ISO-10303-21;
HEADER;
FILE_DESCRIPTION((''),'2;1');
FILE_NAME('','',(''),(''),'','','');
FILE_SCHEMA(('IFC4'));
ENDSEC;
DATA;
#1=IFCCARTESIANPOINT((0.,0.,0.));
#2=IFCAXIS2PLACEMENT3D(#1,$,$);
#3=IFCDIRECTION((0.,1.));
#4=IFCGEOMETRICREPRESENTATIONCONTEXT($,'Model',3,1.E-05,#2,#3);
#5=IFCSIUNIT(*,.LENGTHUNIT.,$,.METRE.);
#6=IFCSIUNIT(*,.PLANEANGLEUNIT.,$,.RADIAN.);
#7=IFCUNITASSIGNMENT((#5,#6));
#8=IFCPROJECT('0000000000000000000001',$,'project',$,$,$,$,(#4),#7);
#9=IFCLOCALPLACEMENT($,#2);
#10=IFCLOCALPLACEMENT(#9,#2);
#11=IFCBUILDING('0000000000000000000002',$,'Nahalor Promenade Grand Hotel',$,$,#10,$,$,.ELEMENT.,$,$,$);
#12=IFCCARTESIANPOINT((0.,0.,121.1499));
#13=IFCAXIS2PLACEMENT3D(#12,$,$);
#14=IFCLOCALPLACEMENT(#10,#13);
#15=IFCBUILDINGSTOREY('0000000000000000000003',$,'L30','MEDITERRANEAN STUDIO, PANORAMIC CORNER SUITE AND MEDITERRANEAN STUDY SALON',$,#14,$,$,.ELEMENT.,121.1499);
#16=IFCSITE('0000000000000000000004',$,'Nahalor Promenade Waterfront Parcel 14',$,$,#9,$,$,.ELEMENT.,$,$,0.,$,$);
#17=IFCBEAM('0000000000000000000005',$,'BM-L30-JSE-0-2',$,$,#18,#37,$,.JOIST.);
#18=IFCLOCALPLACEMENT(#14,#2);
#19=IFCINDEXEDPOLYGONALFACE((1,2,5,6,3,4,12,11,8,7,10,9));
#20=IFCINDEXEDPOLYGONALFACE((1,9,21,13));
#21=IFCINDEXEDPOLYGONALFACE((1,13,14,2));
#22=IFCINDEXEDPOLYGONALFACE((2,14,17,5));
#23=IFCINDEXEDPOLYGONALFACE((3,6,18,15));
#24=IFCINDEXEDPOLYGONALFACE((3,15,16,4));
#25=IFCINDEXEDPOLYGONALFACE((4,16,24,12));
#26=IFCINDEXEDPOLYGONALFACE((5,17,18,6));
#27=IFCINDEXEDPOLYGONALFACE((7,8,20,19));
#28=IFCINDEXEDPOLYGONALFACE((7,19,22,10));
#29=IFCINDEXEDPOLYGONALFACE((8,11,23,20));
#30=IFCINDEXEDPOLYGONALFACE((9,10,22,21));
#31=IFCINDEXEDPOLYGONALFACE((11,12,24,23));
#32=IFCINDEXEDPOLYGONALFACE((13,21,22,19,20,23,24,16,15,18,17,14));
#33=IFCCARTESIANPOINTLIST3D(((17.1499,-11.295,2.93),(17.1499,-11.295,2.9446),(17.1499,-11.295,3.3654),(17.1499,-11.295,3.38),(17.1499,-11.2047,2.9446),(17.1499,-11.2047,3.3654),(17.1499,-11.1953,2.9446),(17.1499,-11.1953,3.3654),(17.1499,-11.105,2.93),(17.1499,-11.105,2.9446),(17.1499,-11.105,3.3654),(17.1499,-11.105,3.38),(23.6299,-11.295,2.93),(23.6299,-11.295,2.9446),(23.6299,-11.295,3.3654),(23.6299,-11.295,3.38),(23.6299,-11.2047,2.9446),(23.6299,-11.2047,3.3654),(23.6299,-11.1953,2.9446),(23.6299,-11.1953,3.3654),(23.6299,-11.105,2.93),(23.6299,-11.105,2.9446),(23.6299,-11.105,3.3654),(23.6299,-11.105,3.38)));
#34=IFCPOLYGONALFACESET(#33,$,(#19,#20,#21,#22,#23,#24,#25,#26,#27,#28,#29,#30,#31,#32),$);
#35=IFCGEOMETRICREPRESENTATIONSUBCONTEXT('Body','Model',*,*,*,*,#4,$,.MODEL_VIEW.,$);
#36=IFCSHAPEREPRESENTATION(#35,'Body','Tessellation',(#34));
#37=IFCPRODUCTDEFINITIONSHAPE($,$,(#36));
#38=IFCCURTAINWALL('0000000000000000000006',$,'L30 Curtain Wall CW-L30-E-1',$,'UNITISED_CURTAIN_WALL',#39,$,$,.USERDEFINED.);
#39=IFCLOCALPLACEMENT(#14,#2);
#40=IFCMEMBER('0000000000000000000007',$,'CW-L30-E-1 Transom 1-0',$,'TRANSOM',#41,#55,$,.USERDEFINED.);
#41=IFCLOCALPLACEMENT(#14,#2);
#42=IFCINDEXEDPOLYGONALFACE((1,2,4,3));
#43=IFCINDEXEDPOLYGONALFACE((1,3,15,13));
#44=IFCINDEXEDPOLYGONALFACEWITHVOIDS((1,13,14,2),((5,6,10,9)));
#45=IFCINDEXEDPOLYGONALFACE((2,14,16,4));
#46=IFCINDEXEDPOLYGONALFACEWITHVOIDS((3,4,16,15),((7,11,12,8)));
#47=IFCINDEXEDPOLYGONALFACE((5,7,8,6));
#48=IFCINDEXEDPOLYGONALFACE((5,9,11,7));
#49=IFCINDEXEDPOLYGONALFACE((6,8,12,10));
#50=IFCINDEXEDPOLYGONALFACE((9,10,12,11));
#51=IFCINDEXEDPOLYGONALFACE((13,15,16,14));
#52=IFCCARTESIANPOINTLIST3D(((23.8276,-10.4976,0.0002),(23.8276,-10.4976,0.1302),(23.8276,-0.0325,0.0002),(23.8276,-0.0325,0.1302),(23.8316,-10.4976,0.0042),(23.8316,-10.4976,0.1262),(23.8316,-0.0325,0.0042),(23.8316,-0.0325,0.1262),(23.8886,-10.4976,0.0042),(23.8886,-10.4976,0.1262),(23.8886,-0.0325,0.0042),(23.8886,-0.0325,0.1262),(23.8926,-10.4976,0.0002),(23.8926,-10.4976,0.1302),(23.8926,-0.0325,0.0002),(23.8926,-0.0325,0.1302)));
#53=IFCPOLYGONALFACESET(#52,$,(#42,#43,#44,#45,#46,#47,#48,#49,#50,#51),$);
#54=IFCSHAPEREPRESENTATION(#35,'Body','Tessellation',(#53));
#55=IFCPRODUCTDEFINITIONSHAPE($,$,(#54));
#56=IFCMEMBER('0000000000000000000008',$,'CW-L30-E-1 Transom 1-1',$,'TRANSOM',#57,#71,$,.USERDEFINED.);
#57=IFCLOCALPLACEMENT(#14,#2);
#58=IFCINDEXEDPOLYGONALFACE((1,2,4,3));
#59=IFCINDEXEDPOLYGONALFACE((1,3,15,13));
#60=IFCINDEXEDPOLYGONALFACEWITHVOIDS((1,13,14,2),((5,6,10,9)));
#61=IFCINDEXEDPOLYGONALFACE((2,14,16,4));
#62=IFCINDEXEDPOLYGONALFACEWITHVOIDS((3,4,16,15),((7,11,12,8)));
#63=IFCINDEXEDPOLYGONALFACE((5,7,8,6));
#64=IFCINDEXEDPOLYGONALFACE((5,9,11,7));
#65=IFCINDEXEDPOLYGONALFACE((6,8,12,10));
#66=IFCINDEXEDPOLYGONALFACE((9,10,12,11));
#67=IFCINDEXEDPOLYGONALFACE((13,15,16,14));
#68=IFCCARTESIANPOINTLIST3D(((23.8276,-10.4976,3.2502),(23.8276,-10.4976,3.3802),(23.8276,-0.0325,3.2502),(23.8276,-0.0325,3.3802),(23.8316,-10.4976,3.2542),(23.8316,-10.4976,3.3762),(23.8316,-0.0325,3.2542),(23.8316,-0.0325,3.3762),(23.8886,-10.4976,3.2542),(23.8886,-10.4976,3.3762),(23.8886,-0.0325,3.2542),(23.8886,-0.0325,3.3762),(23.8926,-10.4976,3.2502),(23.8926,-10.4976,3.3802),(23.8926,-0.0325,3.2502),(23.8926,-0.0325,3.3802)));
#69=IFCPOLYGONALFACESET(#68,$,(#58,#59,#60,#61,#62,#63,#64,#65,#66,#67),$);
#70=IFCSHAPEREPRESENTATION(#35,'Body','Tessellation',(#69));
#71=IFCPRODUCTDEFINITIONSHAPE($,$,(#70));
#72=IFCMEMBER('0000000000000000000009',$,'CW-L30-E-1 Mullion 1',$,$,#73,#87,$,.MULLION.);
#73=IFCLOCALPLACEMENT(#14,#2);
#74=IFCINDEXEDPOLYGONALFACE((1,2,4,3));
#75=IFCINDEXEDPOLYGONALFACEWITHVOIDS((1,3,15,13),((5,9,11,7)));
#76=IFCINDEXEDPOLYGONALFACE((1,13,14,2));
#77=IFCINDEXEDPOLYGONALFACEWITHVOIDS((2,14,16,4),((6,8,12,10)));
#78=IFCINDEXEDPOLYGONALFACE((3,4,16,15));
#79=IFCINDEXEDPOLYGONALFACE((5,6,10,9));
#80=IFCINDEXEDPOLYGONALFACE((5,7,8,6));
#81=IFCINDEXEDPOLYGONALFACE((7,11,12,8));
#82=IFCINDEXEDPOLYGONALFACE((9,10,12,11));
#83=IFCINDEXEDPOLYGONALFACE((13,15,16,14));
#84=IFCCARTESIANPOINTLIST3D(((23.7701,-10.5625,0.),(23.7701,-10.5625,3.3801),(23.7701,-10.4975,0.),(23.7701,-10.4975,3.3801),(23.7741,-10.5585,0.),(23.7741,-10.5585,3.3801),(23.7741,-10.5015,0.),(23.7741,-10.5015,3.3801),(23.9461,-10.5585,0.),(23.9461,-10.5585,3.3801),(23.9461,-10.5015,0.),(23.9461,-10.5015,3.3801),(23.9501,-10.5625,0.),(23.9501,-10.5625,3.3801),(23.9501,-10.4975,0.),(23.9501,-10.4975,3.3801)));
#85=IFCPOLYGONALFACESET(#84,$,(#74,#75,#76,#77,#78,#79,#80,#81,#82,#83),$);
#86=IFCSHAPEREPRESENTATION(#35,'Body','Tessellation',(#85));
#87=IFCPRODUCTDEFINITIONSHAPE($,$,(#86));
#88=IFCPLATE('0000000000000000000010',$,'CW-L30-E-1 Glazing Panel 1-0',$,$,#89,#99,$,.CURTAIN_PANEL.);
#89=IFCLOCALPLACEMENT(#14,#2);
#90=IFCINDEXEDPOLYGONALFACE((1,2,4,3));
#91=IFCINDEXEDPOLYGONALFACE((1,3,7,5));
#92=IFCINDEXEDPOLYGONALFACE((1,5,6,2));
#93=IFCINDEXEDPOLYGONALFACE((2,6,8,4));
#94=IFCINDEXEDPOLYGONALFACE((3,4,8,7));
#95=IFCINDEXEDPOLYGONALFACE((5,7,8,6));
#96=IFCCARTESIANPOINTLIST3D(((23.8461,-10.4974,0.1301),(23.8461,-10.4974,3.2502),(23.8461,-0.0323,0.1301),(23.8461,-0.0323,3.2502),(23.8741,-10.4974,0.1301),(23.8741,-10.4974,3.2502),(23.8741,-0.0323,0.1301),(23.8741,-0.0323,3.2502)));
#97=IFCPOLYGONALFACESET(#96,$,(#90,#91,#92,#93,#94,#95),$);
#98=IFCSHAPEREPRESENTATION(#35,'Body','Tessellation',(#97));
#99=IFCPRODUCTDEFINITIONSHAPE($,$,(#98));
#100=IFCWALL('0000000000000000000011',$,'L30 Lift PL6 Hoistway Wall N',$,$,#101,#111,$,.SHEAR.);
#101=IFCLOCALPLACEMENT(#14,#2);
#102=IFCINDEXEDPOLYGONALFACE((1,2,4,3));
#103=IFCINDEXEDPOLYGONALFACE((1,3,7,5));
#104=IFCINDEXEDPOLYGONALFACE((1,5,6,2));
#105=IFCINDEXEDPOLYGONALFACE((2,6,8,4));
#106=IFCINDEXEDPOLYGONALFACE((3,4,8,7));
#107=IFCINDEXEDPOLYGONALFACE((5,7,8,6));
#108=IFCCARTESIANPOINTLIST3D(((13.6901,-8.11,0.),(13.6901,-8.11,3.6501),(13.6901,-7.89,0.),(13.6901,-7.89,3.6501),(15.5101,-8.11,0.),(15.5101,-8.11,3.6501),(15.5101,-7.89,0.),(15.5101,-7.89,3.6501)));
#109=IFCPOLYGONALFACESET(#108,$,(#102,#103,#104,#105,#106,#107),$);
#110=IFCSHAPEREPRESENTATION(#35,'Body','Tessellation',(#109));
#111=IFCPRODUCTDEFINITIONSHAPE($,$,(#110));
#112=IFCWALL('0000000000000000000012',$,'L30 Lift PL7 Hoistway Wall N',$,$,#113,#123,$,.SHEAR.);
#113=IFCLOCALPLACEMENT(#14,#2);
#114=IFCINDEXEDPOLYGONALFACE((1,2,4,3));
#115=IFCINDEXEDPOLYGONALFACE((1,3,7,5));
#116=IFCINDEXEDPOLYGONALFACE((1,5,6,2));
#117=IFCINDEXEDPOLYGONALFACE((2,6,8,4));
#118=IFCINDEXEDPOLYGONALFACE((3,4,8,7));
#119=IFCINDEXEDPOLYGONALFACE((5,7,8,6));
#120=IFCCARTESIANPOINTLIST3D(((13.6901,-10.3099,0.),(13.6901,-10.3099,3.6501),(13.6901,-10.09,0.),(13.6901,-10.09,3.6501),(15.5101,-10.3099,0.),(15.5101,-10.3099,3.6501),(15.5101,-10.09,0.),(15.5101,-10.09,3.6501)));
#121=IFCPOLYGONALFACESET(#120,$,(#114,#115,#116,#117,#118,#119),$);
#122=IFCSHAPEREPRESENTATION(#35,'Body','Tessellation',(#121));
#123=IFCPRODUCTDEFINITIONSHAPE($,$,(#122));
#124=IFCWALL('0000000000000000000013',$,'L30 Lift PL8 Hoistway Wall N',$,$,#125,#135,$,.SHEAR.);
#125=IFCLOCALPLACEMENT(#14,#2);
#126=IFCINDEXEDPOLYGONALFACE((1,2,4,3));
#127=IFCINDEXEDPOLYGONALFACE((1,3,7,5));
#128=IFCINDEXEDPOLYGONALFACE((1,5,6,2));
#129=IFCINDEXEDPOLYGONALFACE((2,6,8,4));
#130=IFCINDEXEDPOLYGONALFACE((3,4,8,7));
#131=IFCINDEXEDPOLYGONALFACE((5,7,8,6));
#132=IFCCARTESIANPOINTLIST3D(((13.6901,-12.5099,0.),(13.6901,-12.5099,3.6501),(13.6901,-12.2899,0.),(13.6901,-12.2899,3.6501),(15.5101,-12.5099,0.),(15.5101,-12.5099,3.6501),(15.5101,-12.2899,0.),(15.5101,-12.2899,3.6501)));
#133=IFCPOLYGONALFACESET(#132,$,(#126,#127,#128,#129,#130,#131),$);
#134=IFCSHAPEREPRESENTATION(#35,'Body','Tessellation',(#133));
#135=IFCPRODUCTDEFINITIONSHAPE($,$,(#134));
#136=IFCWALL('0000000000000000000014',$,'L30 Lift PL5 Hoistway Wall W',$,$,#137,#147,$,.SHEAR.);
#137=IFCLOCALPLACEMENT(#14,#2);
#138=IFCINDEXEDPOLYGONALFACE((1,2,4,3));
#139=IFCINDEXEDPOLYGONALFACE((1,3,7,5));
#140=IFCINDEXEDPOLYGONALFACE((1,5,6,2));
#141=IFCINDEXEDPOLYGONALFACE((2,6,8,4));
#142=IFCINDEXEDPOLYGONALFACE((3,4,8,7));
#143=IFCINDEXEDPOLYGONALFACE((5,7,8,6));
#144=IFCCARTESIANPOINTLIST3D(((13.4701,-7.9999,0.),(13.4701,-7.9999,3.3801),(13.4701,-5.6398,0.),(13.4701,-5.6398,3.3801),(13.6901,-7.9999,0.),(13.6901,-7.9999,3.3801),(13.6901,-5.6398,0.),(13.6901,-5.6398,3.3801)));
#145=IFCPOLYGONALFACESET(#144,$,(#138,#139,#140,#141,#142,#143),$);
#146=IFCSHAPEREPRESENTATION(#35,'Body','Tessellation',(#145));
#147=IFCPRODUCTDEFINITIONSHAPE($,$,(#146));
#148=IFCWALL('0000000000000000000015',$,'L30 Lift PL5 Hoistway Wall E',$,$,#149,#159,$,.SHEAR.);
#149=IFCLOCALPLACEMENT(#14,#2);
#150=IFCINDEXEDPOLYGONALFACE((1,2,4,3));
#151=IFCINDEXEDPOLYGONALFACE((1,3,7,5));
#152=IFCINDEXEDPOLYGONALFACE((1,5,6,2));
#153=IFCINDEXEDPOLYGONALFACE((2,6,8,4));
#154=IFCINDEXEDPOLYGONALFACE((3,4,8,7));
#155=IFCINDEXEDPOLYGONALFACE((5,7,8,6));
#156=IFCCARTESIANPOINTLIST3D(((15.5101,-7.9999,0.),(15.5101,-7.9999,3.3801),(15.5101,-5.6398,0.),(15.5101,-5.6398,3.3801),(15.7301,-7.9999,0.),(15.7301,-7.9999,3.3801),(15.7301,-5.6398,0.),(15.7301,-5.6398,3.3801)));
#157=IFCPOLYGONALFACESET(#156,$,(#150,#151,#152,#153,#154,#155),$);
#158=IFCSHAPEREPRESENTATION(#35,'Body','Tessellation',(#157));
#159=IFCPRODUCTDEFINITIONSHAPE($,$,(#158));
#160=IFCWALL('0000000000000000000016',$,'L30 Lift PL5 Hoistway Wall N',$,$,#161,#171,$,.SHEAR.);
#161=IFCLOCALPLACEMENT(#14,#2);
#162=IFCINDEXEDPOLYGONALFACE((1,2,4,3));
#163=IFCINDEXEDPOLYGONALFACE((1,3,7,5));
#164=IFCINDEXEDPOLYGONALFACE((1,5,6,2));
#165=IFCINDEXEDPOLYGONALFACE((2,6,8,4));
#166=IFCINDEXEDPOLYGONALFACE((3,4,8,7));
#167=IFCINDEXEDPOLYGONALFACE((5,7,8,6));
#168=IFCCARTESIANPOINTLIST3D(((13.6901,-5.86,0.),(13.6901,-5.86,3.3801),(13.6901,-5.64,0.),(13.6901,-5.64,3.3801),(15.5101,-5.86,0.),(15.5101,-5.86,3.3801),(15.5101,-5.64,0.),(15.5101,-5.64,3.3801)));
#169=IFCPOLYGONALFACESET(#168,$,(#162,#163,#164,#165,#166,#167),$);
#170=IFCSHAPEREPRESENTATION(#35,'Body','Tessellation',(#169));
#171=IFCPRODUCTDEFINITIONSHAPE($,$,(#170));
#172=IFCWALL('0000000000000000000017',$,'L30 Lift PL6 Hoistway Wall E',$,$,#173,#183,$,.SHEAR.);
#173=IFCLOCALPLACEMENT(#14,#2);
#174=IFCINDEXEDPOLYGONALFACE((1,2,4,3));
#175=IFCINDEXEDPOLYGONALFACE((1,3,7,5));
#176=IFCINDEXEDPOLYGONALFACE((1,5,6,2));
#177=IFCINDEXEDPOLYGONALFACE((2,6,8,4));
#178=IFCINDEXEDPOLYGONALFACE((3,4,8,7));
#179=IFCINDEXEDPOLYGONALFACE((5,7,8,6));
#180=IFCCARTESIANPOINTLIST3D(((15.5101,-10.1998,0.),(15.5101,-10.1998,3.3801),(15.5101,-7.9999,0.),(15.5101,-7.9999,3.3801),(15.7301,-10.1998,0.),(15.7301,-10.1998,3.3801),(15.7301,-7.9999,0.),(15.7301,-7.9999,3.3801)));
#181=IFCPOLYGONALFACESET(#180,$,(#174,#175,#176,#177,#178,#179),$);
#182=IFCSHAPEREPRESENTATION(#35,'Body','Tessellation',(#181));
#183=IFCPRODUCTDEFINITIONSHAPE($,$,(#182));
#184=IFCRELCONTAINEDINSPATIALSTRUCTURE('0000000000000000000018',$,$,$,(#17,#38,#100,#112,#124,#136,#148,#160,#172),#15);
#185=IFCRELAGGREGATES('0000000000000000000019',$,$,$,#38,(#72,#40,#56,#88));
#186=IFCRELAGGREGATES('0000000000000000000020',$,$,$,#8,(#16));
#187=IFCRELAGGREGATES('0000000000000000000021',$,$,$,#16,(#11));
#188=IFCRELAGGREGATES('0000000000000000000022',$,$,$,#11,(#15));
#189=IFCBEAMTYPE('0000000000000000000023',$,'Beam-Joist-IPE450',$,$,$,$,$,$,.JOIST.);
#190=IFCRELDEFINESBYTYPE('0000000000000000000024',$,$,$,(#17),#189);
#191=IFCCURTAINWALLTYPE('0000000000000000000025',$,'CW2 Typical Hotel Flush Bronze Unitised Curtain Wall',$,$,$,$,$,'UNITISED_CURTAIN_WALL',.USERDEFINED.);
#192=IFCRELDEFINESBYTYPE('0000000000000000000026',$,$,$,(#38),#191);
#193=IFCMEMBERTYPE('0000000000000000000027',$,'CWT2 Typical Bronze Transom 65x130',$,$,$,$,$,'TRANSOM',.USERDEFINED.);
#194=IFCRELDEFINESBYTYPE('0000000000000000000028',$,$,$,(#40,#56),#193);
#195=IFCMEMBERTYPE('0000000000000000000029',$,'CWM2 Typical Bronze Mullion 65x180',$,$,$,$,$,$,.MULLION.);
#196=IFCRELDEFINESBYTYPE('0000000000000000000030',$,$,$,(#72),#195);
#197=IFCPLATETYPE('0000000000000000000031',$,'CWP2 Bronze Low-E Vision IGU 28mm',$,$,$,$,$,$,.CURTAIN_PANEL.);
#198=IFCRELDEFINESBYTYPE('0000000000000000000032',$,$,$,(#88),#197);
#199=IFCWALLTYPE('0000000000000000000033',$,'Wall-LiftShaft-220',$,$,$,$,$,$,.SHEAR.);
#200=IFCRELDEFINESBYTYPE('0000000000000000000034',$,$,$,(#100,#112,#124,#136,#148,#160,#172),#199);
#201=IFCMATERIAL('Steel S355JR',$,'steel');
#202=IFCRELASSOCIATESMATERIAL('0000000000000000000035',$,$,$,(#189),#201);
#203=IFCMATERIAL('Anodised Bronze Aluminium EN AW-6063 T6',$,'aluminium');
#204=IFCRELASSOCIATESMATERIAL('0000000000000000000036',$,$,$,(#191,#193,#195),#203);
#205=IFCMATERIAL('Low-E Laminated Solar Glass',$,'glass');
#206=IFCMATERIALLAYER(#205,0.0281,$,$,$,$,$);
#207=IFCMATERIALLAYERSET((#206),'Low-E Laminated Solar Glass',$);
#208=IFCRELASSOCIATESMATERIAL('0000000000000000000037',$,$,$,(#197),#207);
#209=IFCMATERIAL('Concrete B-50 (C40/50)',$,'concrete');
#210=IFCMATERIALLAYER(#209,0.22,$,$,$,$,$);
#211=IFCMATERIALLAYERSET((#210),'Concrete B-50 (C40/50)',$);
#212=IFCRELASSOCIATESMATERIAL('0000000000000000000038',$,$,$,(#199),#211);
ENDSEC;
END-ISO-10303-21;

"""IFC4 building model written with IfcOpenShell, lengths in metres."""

from ifc_helpers import new_model, si_unit, direction, frame, frame_2d, origin, origin_2d, place, context, subcontext, project, spatial, rectangle, hollow_rectangle, i_section, extrude, source, transform, mapped, material, layer, layer_set, material_profile, profile_set, type_object, element, aggregate, save


model = new_model("IFC4")

# Units and contexts
model_context = context("Model", 3, precision=1e-05, world=origin(), true_north=direction((0.0, 1.0)))
body_context = subcontext(model_context, "Body", "Model", "MODEL_VIEW")
ifc_project = project(units=[si_unit("LENGTHUNIT", "METRE"), si_unit("PLANEANGLEUNIT", "RADIAN")], contexts=[model_context])

# Site, building, storey
site_placement = place(None, origin())
site = spatial("IfcSite", under=ifc_project, at=site_placement, Name="Nahalor Promenade Waterfront Parcel 14", CompositionType="ELEMENT", RefElevation=0.0)
building_placement = place(site_placement, origin())
building = spatial("IfcBuilding", under=site, at=building_placement, Name="Nahalor Promenade Grand Hotel", CompositionType="ELEMENT")
storey_placement = place(building_placement, frame((0.0, 0.0, 121.1499)))
storey = spatial("IfcBuildingStorey", under=building, at=storey_placement, Name="L30", Description="MEDITERRANEAN STUDIO, PANORAMIC CORNER SUITE AND MEDITERRANEAN STUDY SALON", CompositionType="ELEMENT", Elevation=121.1499)

# Beam
ifc_material_1 = material(Name="Steel S355JR", Category="steel")
ifc_material_profile_1 = material_profile(ifc_material_1, i_section(OverallWidth=0.19, OverallDepth=0.45, WebThickness=0.0094, FlangeThickness=0.0146, at=origin_2d()), Name="IPE 450")
ifc_profile_set_1 = profile_set([ifc_material_profile_1], Name="Steel S355JR")
beam_type_1 = type_object("IfcBeamType", Name="Beam-Joist-IPE450", PredefinedType="JOIST", material=ifc_profile_set_1)
shared_shape_1 = source(origin(), body_context, "Body", "SweptSolid", [
    extrude(i_section(OverallWidth=0.19, OverallDepth=0.45, WebThickness=0.0094, FlangeThickness=0.0146, at=origin_2d()), origin(), (0.0, 0.0, 1.0), 6.48),
])
beam_1_placement = place(storey_placement, frame((17.1499, -11.2, 3.155), z_axis=(1.0, 0.0, 0.0), x_axis=(0.0, 1.0, 0.0)))
element("IfcBeam", 1, at=beam_1_placement, inside=storey, type_object=beam_type_1, Name="BM-L30-JSE-0-2", PredefinedType="JOIST", context=body_context, shape_type="MappedRepresentation", body=[
    mapped(shared_shape_1, transform((0.0, 0.0, 0.0), scale=1.0)),
])

# Curtain wall, members, plate
ifc_material_2 = material(Name="Anodised Bronze Aluminium EN AW-6063 T6", Category="aluminium")
curtain_wall_type = type_object("IfcCurtainWallType", Name="CW2 Typical Hotel Flush Bronze Unitised Curtain Wall", ElementType="UNITISED_CURTAIN_WALL", PredefinedType="USERDEFINED", material=ifc_material_2)
curtain_wall_placement = place(storey_placement, origin())
curtain_wall = element("IfcCurtainWall", 2, at=curtain_wall_placement, inside=storey, type_object=curtain_wall_type, Name="L30 Curtain Wall CW-L30-E-1", ObjectType="UNITISED_CURTAIN_WALL", PredefinedType="USERDEFINED")
ifc_material_profile_2 = material_profile(ifc_material_2, hollow_rectangle(XDim=0.065, YDim=0.13, WallThickness=0.004, at=origin_2d()), Name="CWT 65x130x4")
ifc_profile_set_2 = profile_set([ifc_material_profile_2], Name="Anodised Bronze Aluminium EN AW-6063 T6")
member_type_1 = type_object("IfcMemberType", Name="CWT2 Typical Bronze Transom 65x130", ElementType="TRANSOM", PredefinedType="USERDEFINED", material=ifc_profile_set_2)
shared_shape_2 = source(origin(), body_context, "Body", "SweptSolid", [
    extrude(hollow_rectangle(XDim=0.065, YDim=0.13, WallThickness=0.004, at=origin_2d()), origin(), (0.0, 0.0, 1.0), 10.4651),
])
member_1_placement = place(storey_placement, frame((23.8601, -10.4976, 0.0652), z_axis=(0.0, 1.0, 0.0), x_axis=(-1.0, 0.0, 0.0)))
member_1 = element("IfcMember", 3, at=member_1_placement, type_object=member_type_1, Name="CW-L30-E-1 Transom 1-0", ObjectType="TRANSOM", PredefinedType="USERDEFINED", context=body_context, shape_type="MappedRepresentation", body=[
    mapped(shared_shape_2, transform((0.0, 0.0, 0.0), scale=1.0)),
])
member_2_placement = place(storey_placement, frame((23.8601, -10.4976, 3.3152), z_axis=(0.0, 1.0, 0.0), x_axis=(-1.0, 0.0, 0.0)))
member_2 = element("IfcMember", 4, at=member_2_placement, type_object=member_type_1, Name="CW-L30-E-1 Transom 1-1", ObjectType="TRANSOM", PredefinedType="USERDEFINED", context=body_context, shape_type="MappedRepresentation", body=[
    mapped(shared_shape_2, transform((0.0, 0.0, 0.0), scale=1.0)),
])
ifc_material_profile_3 = material_profile(ifc_material_2, hollow_rectangle(XDim=0.065, YDim=0.18, WallThickness=0.004, at=origin_2d()), Name="CWM 65x180x4")
ifc_profile_set_3 = profile_set([ifc_material_profile_3], Name="Anodised Bronze Aluminium EN AW-6063 T6")
member_type_2 = type_object("IfcMemberType", Name="CWM2 Typical Bronze Mullion 65x180", PredefinedType="MULLION", material=ifc_profile_set_3)
shared_shape_3 = source(origin(), body_context, "Body", "SweptSolid", [
    extrude(hollow_rectangle(XDim=0.065, YDim=0.18, WallThickness=0.004, at=origin_2d()), origin(), (0.0, 0.0, 1.0), 3.3801),
])
member_3_placement = place(storey_placement, frame((23.8601, -10.53, 0.0), z_axis=(0.0, 0.0, 1.0), x_axis=(0.0, 1.0, 0.0)))
member_3 = element("IfcMember", 5, at=member_3_placement, type_object=member_type_2, Name="CW-L30-E-1 Mullion 1", PredefinedType="MULLION", context=body_context, shape_type="MappedRepresentation", body=[
    mapped(shared_shape_3, transform((0.0, 0.0, 0.0), scale=1.0)),
])
ifc_material_3 = material(Name="Low-E Laminated Solar Glass", Category="glass")
ifc_layer_1 = layer(ifc_material_3, 0.0281)
ifc_layer_set_1 = layer_set([ifc_layer_1], Name="Low-E Laminated Solar Glass")
plate_type = type_object("IfcPlateType", Name="CWP2 Bronze Low-E Vision IGU 28mm", PredefinedType="CURTAIN_PANEL", material=ifc_layer_set_1)
shared_shape_4 = source(origin(), body_context, "Body", "SweptSolid", [
    extrude(rectangle(XDim=10.4651, YDim=0.0281, at=origin_2d()), origin(), (0.0, 0.0, 1.0), 3.1201),
])
plate_placement = place(storey_placement, frame((23.8601, -5.2649, 0.1301), z_axis=(0.0, 0.0, 1.0), x_axis=(0.0, 1.0, 0.0)))
plate = element("IfcPlate", 6, at=plate_placement, type_object=plate_type, Name="CW-L30-E-1 Glazing Panel 1-0", PredefinedType="CURTAIN_PANEL", context=body_context, shape_type="MappedRepresentation", body=[
    mapped(shared_shape_4, transform((0.0, 0.0, 0.0), scale=1.0)),
])
aggregate(curtain_wall, [member_3, member_1, member_2, plate])

# Walls
ifc_material_4 = material(Name="Concrete B-50 (C40/50)", Category="concrete")
ifc_layer_2 = layer(ifc_material_4, 0.22)
ifc_layer_set_2 = layer_set([ifc_layer_2], Name="Concrete B-50 (C40/50)")
wall_type_1 = type_object("IfcWallType", Name="Wall-LiftShaft-220", PredefinedType="SHEAR", material=ifc_layer_set_2)
shared_shape_5 = source(origin(), body_context, "Body", "SweptSolid", [
    extrude(rectangle(XDim=1.8201, YDim=0.22, at=frame_2d((0.9102, 0.0))), origin(), (0.0, 0.0, 1.0), 3.6501),
])
for number, where, z_axis, x_axis, name in (
    (7, (13.6899, -8.0, 0.0), (0.0, 0.0, 1.0), (1.0, 0.0, 0.0), "L30 Lift PL6 Hoistway Wall N"),
    (8, (13.6899, -10.2, 0.0), (0.0, 0.0, 1.0), (1.0, 0.0, 0.0), "L30 Lift PL7 Hoistway Wall N"),
    (9, (13.6899, -12.3999, 0.0), (0.0, 0.0, 1.0), (1.0, 0.0, 0.0), "L30 Lift PL8 Hoistway Wall N"),
):
    element("IfcWall", number, at=place(storey_placement, frame(where, z_axis=z_axis, x_axis=x_axis)), inside=storey, type_object=wall_type_1, Name=name, PredefinedType="SHEAR", context=body_context, shape_type="MappedRepresentation", body=[
        mapped(shared_shape_5, transform((0.0, 0.0, 0.0), scale=1.0)),
    ])
shared_shape_6 = source(origin(), body_context, "Body", "SweptSolid", [
    extrude(rectangle(XDim=2.3601, YDim=0.22, at=frame_2d((1.1802, 0.0))), origin(), (0.0, 0.0, 1.0), 3.3801),
])
for number, where, z_axis, x_axis, name in (
    (10, (13.5801, -8.0, 0.0), (0.0, 0.0, 1.0), (0.0, 1.0, 0.0), "L30 Lift PL5 Hoistway Wall W"),
    (11, (15.6201, -8.0, 0.0), (0.0, 0.0, 1.0), (0.0, 1.0, 0.0), "L30 Lift PL5 Hoistway Wall E"),
):
    element("IfcWall", number, at=place(storey_placement, frame(where, z_axis=z_axis, x_axis=x_axis)), inside=storey, type_object=wall_type_1, Name=name, PredefinedType="SHEAR", context=body_context, shape_type="MappedRepresentation", body=[
        mapped(shared_shape_6, transform((0.0, 0.0, 0.0), scale=1.0)),
    ])
shared_shape_7 = source(origin(), body_context, "Body", "SweptSolid", [
    extrude(rectangle(XDim=1.8201, YDim=0.22, at=frame_2d((0.9102, 0.0))), origin(), (0.0, 0.0, 1.0), 3.3801),
])
wall_1_placement = place(storey_placement, frame((13.6899, -5.75, 0.0), z_axis=(0.0, 0.0, 1.0), x_axis=(1.0, 0.0, 0.0)))
element("IfcWall", 12, at=wall_1_placement, inside=storey, type_object=wall_type_1, Name="L30 Lift PL5 Hoistway Wall N", PredefinedType="SHEAR", context=body_context, shape_type="MappedRepresentation", body=[
    mapped(shared_shape_7, transform((0.0, 0.0, 0.0), scale=1.0)),
])
shared_shape_8 = source(origin(), body_context, "Body", "SweptSolid", [
    extrude(rectangle(XDim=2.2, YDim=0.22, at=frame_2d((1.1001, 0.0))), origin(), (0.0, 0.0, 1.0), 3.3801),
])
for number, where, z_axis, x_axis, name in (
    (13, (15.6201, -10.2, 0.0), (0.0, 0.0, 1.0), (0.0, 1.0, 0.0), "L30 Lift PL6 Hoistway Wall E"),
):
    element("IfcWall", number, at=place(storey_placement, frame(where, z_axis=z_axis, x_axis=x_axis)), inside=storey, type_object=wall_type_1, Name=name, PredefinedType="SHEAR", context=body_context, shape_type="MappedRepresentation", body=[
        mapped(shared_shape_8, transform((0.0, 0.0, 0.0), scale=1.0)),
    ])

save(model, "model.ifc")
